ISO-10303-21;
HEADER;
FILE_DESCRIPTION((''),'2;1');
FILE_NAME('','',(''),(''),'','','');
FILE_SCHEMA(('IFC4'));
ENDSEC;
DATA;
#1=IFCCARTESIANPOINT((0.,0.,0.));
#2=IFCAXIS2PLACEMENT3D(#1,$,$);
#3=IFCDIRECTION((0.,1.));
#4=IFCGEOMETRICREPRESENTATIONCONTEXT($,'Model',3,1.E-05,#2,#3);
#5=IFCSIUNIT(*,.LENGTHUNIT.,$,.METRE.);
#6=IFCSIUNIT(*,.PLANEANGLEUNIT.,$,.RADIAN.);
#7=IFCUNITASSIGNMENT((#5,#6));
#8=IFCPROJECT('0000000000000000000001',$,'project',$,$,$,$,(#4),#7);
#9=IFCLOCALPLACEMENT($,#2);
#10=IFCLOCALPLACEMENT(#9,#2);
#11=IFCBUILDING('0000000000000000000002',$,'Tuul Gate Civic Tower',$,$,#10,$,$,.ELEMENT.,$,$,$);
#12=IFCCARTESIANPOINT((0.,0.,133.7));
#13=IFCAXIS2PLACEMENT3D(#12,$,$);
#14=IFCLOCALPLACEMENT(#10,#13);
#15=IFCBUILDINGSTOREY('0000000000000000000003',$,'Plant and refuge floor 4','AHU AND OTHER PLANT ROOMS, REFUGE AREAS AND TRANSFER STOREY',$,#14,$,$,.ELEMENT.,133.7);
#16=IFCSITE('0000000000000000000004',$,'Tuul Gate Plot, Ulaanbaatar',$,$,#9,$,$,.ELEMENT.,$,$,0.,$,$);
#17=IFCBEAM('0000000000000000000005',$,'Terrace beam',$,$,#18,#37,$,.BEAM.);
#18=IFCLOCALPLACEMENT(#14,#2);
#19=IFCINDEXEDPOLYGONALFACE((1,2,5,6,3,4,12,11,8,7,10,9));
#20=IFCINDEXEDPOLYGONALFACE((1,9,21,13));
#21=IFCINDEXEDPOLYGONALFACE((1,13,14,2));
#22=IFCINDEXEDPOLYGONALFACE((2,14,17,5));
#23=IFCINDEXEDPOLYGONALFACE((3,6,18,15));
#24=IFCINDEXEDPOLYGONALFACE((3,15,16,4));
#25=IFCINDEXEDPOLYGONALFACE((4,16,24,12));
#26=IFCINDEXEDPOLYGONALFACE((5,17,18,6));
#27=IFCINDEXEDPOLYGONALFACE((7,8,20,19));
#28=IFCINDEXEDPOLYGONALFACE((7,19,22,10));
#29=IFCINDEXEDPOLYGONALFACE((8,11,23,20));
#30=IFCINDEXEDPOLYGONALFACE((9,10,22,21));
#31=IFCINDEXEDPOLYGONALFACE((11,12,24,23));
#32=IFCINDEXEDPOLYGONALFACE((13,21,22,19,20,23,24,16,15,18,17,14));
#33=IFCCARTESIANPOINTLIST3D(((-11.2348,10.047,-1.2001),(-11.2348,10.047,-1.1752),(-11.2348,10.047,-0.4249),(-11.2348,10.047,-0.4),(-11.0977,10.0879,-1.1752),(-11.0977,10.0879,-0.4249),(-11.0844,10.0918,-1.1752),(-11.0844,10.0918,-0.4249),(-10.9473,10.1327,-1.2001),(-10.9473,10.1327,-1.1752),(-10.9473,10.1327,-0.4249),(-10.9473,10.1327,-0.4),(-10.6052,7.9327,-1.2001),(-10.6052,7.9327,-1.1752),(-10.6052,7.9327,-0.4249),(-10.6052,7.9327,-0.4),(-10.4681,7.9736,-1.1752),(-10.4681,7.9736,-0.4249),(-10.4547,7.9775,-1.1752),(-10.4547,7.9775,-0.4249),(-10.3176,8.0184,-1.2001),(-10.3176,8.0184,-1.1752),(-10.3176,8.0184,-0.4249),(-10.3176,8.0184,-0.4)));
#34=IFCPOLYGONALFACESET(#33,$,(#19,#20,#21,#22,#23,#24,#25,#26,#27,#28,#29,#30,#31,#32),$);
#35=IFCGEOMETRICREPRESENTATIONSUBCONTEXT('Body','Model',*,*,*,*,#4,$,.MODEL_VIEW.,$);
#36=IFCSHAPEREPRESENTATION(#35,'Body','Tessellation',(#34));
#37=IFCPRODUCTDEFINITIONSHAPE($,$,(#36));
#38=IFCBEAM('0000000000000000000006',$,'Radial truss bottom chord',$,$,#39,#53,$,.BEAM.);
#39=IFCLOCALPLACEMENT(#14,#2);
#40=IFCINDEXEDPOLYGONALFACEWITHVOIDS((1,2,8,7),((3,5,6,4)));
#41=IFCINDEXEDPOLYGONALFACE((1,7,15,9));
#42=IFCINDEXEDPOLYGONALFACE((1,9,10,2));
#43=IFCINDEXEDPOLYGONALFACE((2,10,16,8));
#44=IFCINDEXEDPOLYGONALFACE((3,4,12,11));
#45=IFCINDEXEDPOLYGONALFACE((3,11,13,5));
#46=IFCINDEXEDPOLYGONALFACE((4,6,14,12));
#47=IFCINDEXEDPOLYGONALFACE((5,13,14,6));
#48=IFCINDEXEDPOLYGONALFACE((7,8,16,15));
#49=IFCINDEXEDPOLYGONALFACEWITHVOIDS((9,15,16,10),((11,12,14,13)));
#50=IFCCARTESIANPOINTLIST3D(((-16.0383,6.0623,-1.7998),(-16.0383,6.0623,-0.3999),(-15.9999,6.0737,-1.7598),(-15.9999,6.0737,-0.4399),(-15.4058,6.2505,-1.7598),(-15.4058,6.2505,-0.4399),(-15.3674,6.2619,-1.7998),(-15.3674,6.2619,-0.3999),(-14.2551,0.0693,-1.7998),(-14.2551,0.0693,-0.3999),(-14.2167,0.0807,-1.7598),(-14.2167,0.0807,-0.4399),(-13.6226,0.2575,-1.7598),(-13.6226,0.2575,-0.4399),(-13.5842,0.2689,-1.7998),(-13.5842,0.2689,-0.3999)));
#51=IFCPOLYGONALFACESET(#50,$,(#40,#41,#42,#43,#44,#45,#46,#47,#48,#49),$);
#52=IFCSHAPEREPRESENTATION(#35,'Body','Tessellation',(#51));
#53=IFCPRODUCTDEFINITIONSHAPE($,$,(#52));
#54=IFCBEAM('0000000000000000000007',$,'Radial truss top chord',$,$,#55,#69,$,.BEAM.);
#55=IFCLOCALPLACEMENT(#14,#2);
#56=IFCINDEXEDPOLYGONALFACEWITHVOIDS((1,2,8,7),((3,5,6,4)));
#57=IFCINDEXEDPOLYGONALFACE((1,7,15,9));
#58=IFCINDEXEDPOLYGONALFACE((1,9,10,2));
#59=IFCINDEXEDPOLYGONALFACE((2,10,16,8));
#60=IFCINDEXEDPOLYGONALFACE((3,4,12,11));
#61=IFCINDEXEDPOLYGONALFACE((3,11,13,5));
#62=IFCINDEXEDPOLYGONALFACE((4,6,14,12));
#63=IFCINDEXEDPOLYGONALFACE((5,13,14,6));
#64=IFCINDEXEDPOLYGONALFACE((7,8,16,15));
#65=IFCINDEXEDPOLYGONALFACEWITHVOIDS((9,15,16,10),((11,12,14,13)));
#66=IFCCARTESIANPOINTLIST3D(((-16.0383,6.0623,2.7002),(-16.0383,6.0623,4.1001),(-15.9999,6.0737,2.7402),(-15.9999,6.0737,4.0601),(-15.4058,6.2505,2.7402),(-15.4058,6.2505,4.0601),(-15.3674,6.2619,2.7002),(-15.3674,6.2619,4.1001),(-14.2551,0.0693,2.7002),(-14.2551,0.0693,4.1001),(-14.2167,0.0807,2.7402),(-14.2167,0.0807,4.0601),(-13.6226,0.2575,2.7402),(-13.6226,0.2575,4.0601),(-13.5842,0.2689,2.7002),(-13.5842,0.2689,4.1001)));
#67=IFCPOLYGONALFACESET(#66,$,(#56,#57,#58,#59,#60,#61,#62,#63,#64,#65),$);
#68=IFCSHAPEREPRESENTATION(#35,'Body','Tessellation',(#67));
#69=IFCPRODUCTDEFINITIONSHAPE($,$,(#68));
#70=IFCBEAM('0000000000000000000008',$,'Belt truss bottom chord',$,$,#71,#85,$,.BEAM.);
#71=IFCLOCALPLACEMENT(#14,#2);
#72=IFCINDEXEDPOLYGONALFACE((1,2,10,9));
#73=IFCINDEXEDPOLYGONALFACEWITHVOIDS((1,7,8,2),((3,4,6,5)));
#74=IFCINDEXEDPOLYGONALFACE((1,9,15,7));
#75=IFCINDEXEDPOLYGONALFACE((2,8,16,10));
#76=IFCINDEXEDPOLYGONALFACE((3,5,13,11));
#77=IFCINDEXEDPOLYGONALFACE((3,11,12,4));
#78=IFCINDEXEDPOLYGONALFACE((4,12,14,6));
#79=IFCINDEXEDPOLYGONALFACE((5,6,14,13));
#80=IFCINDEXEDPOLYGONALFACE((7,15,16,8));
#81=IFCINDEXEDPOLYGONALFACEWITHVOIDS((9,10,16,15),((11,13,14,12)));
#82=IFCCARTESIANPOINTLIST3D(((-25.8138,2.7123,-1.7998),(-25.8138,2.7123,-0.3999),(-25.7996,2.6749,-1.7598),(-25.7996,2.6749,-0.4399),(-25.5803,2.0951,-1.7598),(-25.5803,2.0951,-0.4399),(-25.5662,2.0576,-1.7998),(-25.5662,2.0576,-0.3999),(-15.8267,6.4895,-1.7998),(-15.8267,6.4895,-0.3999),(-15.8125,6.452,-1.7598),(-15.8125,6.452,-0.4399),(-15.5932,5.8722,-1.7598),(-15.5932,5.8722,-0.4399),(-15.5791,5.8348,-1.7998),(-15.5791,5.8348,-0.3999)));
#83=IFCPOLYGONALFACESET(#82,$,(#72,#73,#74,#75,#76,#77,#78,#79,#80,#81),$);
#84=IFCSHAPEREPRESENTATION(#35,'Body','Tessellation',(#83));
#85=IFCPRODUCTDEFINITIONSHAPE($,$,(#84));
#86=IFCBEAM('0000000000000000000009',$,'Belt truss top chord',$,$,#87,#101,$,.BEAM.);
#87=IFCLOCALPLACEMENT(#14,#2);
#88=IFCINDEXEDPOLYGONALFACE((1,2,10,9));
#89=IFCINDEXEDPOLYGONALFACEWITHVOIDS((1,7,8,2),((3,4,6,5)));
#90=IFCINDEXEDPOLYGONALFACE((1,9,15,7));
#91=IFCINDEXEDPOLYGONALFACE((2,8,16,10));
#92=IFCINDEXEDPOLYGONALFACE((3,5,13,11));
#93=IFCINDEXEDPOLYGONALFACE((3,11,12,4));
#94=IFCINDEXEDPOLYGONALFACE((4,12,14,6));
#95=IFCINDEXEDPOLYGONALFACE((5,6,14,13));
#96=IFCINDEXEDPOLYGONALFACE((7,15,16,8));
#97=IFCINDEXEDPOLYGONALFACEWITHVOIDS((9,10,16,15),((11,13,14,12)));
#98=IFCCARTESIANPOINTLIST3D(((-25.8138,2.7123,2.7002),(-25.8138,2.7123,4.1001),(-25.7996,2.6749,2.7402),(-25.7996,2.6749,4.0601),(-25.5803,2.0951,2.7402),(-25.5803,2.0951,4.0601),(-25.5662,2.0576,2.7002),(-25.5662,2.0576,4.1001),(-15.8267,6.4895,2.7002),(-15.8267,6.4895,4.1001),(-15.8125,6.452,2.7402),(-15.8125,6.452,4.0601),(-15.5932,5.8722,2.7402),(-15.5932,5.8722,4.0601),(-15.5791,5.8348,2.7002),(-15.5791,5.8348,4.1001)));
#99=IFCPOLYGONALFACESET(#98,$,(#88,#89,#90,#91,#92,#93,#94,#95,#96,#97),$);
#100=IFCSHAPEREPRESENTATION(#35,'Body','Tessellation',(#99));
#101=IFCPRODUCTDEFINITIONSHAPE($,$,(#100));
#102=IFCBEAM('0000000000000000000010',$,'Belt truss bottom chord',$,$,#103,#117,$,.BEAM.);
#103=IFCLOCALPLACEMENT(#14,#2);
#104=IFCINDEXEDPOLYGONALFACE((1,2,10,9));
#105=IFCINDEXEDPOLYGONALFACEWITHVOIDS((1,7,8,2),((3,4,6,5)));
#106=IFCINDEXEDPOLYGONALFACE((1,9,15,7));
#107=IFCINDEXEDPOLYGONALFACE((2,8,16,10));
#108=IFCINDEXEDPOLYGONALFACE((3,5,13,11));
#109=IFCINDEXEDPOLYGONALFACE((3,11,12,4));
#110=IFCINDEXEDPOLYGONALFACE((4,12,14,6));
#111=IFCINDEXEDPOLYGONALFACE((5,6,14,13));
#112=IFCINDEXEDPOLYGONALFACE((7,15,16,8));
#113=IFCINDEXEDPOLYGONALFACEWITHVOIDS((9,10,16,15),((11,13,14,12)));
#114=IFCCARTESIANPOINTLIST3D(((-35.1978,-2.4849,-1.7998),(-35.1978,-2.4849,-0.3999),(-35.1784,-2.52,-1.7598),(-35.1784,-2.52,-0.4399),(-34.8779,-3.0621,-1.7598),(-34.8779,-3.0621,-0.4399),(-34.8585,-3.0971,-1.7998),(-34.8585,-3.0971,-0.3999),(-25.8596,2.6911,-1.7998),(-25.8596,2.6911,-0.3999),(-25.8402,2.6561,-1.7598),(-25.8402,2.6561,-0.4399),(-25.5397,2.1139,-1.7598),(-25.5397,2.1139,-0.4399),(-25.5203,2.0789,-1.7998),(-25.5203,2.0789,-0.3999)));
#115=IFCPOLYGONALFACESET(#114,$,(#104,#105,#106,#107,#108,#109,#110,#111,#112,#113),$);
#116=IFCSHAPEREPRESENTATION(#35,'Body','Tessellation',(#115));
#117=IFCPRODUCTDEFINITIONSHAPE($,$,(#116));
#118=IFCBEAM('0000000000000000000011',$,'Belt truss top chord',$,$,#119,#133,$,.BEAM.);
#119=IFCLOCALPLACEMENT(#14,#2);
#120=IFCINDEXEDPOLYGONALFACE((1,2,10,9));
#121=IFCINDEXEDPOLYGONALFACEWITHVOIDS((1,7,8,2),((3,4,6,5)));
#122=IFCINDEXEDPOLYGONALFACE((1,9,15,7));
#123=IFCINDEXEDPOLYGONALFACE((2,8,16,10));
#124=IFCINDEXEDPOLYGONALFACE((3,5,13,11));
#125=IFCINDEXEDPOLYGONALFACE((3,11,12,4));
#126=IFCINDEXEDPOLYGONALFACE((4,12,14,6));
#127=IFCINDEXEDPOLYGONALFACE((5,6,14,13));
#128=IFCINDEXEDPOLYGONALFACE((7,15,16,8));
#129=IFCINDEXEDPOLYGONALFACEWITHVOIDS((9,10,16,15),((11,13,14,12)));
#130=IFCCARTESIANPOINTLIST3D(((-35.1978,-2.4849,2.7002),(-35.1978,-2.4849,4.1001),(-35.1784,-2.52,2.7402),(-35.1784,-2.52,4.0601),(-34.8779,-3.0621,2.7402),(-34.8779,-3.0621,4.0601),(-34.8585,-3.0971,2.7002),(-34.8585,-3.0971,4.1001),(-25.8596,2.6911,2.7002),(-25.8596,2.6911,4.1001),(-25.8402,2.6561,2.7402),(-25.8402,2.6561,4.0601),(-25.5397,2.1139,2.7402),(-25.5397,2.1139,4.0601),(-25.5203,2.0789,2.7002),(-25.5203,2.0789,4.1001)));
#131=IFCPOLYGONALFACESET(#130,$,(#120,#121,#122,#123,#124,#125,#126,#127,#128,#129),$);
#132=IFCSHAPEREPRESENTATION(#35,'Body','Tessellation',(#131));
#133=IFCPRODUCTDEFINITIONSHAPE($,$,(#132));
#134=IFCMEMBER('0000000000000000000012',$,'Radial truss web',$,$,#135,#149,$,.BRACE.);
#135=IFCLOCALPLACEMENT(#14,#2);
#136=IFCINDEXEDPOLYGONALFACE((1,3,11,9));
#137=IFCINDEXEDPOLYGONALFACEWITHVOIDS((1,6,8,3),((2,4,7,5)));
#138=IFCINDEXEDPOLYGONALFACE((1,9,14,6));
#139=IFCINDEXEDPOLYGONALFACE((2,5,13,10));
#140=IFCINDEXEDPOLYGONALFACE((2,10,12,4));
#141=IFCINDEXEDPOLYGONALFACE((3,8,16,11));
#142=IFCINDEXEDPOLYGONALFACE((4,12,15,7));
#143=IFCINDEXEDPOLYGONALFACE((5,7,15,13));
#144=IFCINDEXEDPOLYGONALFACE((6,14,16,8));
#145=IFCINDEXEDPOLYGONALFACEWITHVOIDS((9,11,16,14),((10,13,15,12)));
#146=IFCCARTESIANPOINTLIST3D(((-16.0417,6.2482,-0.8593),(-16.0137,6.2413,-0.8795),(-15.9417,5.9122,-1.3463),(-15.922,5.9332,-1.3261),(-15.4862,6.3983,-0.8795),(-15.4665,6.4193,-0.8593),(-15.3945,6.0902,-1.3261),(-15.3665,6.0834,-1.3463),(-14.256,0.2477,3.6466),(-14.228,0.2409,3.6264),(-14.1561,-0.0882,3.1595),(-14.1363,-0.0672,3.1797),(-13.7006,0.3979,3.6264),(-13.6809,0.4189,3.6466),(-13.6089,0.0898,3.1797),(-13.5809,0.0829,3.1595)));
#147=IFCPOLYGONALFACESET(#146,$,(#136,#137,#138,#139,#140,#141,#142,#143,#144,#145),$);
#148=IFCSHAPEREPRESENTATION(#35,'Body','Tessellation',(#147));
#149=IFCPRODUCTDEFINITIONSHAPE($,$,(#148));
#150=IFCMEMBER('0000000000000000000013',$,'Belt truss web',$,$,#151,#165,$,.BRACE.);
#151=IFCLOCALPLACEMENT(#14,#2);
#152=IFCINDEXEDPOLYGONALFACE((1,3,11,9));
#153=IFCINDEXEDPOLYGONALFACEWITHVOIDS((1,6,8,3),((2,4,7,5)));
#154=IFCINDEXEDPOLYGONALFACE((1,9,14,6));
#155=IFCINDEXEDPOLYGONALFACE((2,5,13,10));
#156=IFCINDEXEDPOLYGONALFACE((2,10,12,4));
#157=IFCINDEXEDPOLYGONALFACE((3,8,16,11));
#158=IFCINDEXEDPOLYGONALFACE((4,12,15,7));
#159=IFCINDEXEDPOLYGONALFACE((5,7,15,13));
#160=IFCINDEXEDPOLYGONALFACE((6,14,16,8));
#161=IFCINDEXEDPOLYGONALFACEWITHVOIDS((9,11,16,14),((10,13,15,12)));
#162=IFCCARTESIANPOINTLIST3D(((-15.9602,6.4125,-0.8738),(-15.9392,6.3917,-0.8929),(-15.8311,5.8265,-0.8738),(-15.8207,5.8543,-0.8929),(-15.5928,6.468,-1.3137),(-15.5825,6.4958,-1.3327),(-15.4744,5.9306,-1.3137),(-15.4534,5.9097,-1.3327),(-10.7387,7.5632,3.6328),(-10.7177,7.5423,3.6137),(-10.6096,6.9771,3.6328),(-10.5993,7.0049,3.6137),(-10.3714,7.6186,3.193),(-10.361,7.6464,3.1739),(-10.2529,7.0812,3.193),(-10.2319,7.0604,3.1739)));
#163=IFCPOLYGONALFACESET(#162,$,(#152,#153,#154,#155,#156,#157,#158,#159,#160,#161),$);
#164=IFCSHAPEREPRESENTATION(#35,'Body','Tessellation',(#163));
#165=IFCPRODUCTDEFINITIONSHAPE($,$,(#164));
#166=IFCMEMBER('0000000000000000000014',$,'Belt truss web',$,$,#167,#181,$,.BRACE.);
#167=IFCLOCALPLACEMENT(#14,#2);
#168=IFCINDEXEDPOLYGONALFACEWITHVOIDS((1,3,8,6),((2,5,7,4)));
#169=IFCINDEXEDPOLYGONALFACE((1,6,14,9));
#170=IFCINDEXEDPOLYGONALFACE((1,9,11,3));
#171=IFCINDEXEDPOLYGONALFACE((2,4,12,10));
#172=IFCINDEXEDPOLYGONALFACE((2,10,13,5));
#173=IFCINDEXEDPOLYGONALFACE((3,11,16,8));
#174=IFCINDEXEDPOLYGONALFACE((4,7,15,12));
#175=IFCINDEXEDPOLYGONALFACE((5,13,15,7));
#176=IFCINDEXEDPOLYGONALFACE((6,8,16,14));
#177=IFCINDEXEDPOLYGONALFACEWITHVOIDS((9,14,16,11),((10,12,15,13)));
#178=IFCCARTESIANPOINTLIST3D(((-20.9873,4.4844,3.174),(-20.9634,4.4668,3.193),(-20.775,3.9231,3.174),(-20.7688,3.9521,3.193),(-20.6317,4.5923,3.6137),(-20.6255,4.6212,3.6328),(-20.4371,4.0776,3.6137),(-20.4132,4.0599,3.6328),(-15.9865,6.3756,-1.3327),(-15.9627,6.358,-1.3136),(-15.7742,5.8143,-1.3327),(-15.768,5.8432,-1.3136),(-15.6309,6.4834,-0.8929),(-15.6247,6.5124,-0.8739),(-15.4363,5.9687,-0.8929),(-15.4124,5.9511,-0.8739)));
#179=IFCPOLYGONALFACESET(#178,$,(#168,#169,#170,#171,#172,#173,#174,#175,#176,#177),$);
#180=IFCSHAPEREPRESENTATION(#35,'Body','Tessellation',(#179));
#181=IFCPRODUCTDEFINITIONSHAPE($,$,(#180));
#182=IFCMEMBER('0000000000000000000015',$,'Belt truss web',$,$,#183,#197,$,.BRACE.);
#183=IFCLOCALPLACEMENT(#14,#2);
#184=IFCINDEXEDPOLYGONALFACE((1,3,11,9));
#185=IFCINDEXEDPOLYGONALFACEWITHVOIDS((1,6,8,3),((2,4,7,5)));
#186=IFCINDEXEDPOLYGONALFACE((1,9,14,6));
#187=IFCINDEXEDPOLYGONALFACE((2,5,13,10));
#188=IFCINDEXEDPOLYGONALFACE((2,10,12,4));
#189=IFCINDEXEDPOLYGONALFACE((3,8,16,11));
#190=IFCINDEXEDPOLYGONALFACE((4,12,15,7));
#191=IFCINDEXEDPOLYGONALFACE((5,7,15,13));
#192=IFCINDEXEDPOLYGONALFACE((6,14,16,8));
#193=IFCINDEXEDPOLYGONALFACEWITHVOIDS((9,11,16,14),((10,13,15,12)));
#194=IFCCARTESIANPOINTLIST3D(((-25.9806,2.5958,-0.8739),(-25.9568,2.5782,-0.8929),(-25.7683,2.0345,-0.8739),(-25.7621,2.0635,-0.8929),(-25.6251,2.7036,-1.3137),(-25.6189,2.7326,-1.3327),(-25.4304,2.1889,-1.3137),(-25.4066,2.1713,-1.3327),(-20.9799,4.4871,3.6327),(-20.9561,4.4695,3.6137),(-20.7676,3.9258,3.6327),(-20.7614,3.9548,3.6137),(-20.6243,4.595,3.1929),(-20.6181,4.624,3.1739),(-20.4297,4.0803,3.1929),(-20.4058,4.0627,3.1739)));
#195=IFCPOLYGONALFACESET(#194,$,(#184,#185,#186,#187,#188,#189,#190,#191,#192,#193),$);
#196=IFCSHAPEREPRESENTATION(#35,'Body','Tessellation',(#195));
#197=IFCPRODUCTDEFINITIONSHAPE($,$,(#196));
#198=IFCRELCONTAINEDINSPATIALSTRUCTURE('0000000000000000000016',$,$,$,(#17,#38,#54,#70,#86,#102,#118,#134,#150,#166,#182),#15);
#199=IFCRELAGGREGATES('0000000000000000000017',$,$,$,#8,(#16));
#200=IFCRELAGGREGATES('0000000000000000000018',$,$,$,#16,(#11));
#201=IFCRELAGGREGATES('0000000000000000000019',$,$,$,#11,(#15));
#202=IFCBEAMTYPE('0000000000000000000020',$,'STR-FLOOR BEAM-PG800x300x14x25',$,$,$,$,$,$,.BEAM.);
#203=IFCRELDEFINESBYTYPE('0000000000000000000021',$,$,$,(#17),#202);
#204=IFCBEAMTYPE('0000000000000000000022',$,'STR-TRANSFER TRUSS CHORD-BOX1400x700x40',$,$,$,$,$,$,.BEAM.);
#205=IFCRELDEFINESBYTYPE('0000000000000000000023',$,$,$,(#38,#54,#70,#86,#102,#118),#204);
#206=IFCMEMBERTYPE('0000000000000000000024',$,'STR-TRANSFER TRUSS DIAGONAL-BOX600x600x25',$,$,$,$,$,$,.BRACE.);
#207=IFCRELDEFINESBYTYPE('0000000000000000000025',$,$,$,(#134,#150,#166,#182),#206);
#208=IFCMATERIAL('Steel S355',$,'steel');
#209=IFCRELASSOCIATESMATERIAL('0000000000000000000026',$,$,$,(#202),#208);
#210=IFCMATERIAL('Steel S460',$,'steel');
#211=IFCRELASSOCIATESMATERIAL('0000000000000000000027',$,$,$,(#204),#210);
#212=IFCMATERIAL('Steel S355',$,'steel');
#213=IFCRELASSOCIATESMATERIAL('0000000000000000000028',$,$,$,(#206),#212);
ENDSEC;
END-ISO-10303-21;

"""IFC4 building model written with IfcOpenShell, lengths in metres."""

from ifc_helpers import new_model, si_unit, direction, frame, origin, origin_2d, place, context, subcontext, project, spatial, hollow_rectangle, i_section, extrude, material, material_profile, profile_set, type_object, element, save


model = new_model("IFC4")

# Units and contexts
model_context = context("Model", 3, precision=1e-05, world=origin(), true_north=direction((0.0, 1.0)))
body_context = subcontext(model_context, "Body", "Model", "MODEL_VIEW")
ifc_project = project(units=[si_unit("LENGTHUNIT", "METRE"), si_unit("PLANEANGLEUNIT", "RADIAN")], contexts=[model_context])

# Site, building, storey
site_placement = place(None, origin())
site = spatial("IfcSite", under=ifc_project, at=site_placement, Name="Tuul Gate Plot, Ulaanbaatar", CompositionType="ELEMENT", RefElevation=0.0)
building_placement = place(site_placement, origin())
building = spatial("IfcBuilding", under=site, at=building_placement, Name="Tuul Gate Civic Tower", CompositionType="ELEMENT")
storey_placement = place(building_placement, frame((0.0, 0.0, 133.7)))
storey = spatial("IfcBuildingStorey", under=building, at=storey_placement, Name="Plant and refuge floor 4", Description="AHU AND OTHER PLANT ROOMS, REFUGE AREAS AND TRANSFER STOREY", CompositionType="ELEMENT", Elevation=133.7)

# Beams
ifc_material_1 = material(Name="Steel S355", Category="steel")
ifc_material_profile_1 = material_profile(ifc_material_1, i_section(OverallWidth=0.3, OverallDepth=0.8, WebThickness=0.0139, FlangeThickness=0.0249, at=origin_2d()), Name="PG800x300x14x25")
ifc_profile_set_1 = profile_set([ifc_material_profile_1], Name="Steel S355")
beam_type_1 = type_object("IfcBeamType", Name="STR-FLOOR BEAM-PG800x300x14x25", PredefinedType="BEAM", material=ifc_profile_set_1)
beam_placement = place(storey_placement, frame((-11.0911, 10.0898, -0.8), z_axis=(0.285418, -0.958403, 0.0), x_axis=(0.958403, 0.285418, 0.0)))
element("IfcBeam", 1, at=beam_placement, inside=storey, type_object=beam_type_1, Name="Terrace beam", PredefinedType="BEAM", context=body_context, shape_type="SweptSolid", body=[
    extrude(i_section(OverallWidth=0.3, OverallDepth=0.8, WebThickness=0.0139, FlangeThickness=0.0249, at=origin_2d()), origin(), (0.0, 0.0, 1.0), 2.2061),
])
ifc_material_2 = material(Name="Steel S460", Category="steel")
ifc_material_profile_2 = material_profile(ifc_material_2, hollow_rectangle(XDim=0.7, YDim=1.3999, WallThickness=0.04, at=origin_2d()), Name="BOX1400x700x40")
ifc_profile_set_2 = profile_set([ifc_material_profile_2], Name="Steel S460")
beam_type_2 = type_object("IfcBeamType", Name="STR-TRANSFER TRUSS CHORD-BOX1400x700x40", PredefinedType="BEAM", material=ifc_profile_set_2)
for number, where, z_axis, x_axis, name in (
    (2, (-15.7029, 6.1621, -1.0999), (0.285194, -0.95847, 0.0), (0.95847, 0.285194, 0.0), "Radial truss bottom chord"),
    (3, (-15.7029, 6.1621, 3.4001), (0.285194, -0.95847, 0.0), (0.95847, 0.285194, 0.0), "Radial truss top chord"),
):
    element("IfcBeam", number, at=place(storey_placement, frame(where, z_axis=z_axis, x_axis=x_axis)), inside=storey, type_object=beam_type_2, Name=name, PredefinedType="BEAM", context=body_context, shape_type="SweptSolid", body=[
        extrude(hollow_rectangle(XDim=0.7, YDim=1.3999, WallThickness=0.04, at=origin_2d()), origin(), (0.0, 0.0, 1.0), 6.2527),
    ])
for number, where, z_axis, x_axis, name in (
    (4, (-15.7029, 6.1621, -1.0999), (-0.935342, -0.353746, 0.0), (0.353746, -0.935342, 0.0), "Belt truss bottom chord"),
    (5, (-15.7029, 6.1621, 3.4001), (-0.935342, -0.353746, 0.0), (0.353746, -0.935342, 0.0), "Belt truss top chord"),
):
    element("IfcBeam", number, at=place(storey_placement, frame(where, z_axis=z_axis, x_axis=x_axis)), inside=storey, type_object=beam_type_2, Name=name, PredefinedType="BEAM", context=body_context, shape_type="SweptSolid", body=[
        extrude(hollow_rectangle(XDim=0.7, YDim=1.3999, WallThickness=0.04, at=origin_2d()), origin(), (0.0, 0.0, 1.0), 10.6775),
    ])
for number, where, z_axis, x_axis, name in (
    (6, (-25.6899, 2.385, -1.0999), (-0.874627, -0.484796, 0.0), (0.484796, -0.874627, 0.0), "Belt truss bottom chord"),
    (7, (-25.6899, 2.385, 3.4001), (-0.874627, -0.484796, 0.0), (0.484796, -0.874627, 0.0), "Belt truss top chord"),
):
    element("IfcBeam", number, at=place(storey_placement, frame(where, z_axis=z_axis, x_axis=x_axis)), inside=storey, type_object=beam_type_2, Name=name, PredefinedType="BEAM", context=body_context, shape_type="SweptSolid", body=[
        extrude(hollow_rectangle(XDim=0.7, YDim=1.3999, WallThickness=0.04, at=origin_2d()), origin(), (0.0, 0.0, 1.0), 10.6768),
    ])

# Members
ifc_material_3 = material(Name="Steel S355", Category="steel")
ifc_material_profile_3 = material_profile(ifc_material_3, hollow_rectangle(XDim=0.6001, YDim=0.6001, WallThickness=0.0249, at=origin_2d()), Name="BOX600x600x25")
ifc_profile_set_3 = profile_set([ifc_material_profile_3], Name="Steel S355")
member_type_1 = type_object("IfcMemberType", Name="STR-TRANSFER TRUSS DIAGONAL-BOX600x600x25", PredefinedType="BRACE", material=ifc_profile_set_3)
member_1_placement = place(storey_placement, frame((-15.7041, 6.1658, -1.1028), z_axis=(0.231498, -0.777926, 0.584157), x_axis=(0.958461, 0.285222, 0.0)))
element("IfcMember", 8, at=member_1_placement, inside=storey, type_object=member_type_1, Name="Radial truss web", PredefinedType="BRACE", context=body_context, shape_type="SweptSolid", body=[
    extrude(hollow_rectangle(XDim=0.6001, YDim=0.6001, WallThickness=0.0249, at=origin_2d()), origin(), (0.0, 0.0, 1.0), 7.7134),
])
member_2_placement = place(storey_placement, frame((-15.7068, 6.1611, -1.1033), z_axis=(0.746707, 0.16455, 0.644478), x_axis=(-0.215204, 0.976569, 0.0)))
element("IfcMember", 9, at=member_2_placement, inside=storey, type_object=member_type_1, Name="Belt truss web", PredefinedType="BRACE", context=body_context, shape_type="SweptSolid", body=[
    extrude(hollow_rectangle(XDim=0.6001, YDim=0.6001, WallThickness=0.0249, at=origin_2d()), origin(), (0.0, 0.0, 1.0), 6.9927),
])
for number, where, z_axis, x_axis, name in (
    (10, (-15.6995, 6.1633, -1.1033), (-0.715172, -0.270454, 0.644503), (0.353719, -0.935352, 0.0), "Belt truss web"),
    (11, (-25.6936, 2.3835, -1.1033), (0.715165, 0.270487, 0.644497), (-0.353759, 0.935336, 0.0), "Belt truss web"),
):
    element("IfcMember", number, at=place(storey_placement, frame(where, z_axis=z_axis, x_axis=x_axis)), inside=storey, type_object=member_type_1, Name=name, PredefinedType="BRACE", context=body_context, shape_type="SweptSolid", body=[
        extrude(hollow_rectangle(XDim=0.6001, YDim=0.6001, WallThickness=0.0249, at=origin_2d()), origin(), (0.0, 0.0, 1.0), 6.9924),
    ])

save(model, "model.ifc")
